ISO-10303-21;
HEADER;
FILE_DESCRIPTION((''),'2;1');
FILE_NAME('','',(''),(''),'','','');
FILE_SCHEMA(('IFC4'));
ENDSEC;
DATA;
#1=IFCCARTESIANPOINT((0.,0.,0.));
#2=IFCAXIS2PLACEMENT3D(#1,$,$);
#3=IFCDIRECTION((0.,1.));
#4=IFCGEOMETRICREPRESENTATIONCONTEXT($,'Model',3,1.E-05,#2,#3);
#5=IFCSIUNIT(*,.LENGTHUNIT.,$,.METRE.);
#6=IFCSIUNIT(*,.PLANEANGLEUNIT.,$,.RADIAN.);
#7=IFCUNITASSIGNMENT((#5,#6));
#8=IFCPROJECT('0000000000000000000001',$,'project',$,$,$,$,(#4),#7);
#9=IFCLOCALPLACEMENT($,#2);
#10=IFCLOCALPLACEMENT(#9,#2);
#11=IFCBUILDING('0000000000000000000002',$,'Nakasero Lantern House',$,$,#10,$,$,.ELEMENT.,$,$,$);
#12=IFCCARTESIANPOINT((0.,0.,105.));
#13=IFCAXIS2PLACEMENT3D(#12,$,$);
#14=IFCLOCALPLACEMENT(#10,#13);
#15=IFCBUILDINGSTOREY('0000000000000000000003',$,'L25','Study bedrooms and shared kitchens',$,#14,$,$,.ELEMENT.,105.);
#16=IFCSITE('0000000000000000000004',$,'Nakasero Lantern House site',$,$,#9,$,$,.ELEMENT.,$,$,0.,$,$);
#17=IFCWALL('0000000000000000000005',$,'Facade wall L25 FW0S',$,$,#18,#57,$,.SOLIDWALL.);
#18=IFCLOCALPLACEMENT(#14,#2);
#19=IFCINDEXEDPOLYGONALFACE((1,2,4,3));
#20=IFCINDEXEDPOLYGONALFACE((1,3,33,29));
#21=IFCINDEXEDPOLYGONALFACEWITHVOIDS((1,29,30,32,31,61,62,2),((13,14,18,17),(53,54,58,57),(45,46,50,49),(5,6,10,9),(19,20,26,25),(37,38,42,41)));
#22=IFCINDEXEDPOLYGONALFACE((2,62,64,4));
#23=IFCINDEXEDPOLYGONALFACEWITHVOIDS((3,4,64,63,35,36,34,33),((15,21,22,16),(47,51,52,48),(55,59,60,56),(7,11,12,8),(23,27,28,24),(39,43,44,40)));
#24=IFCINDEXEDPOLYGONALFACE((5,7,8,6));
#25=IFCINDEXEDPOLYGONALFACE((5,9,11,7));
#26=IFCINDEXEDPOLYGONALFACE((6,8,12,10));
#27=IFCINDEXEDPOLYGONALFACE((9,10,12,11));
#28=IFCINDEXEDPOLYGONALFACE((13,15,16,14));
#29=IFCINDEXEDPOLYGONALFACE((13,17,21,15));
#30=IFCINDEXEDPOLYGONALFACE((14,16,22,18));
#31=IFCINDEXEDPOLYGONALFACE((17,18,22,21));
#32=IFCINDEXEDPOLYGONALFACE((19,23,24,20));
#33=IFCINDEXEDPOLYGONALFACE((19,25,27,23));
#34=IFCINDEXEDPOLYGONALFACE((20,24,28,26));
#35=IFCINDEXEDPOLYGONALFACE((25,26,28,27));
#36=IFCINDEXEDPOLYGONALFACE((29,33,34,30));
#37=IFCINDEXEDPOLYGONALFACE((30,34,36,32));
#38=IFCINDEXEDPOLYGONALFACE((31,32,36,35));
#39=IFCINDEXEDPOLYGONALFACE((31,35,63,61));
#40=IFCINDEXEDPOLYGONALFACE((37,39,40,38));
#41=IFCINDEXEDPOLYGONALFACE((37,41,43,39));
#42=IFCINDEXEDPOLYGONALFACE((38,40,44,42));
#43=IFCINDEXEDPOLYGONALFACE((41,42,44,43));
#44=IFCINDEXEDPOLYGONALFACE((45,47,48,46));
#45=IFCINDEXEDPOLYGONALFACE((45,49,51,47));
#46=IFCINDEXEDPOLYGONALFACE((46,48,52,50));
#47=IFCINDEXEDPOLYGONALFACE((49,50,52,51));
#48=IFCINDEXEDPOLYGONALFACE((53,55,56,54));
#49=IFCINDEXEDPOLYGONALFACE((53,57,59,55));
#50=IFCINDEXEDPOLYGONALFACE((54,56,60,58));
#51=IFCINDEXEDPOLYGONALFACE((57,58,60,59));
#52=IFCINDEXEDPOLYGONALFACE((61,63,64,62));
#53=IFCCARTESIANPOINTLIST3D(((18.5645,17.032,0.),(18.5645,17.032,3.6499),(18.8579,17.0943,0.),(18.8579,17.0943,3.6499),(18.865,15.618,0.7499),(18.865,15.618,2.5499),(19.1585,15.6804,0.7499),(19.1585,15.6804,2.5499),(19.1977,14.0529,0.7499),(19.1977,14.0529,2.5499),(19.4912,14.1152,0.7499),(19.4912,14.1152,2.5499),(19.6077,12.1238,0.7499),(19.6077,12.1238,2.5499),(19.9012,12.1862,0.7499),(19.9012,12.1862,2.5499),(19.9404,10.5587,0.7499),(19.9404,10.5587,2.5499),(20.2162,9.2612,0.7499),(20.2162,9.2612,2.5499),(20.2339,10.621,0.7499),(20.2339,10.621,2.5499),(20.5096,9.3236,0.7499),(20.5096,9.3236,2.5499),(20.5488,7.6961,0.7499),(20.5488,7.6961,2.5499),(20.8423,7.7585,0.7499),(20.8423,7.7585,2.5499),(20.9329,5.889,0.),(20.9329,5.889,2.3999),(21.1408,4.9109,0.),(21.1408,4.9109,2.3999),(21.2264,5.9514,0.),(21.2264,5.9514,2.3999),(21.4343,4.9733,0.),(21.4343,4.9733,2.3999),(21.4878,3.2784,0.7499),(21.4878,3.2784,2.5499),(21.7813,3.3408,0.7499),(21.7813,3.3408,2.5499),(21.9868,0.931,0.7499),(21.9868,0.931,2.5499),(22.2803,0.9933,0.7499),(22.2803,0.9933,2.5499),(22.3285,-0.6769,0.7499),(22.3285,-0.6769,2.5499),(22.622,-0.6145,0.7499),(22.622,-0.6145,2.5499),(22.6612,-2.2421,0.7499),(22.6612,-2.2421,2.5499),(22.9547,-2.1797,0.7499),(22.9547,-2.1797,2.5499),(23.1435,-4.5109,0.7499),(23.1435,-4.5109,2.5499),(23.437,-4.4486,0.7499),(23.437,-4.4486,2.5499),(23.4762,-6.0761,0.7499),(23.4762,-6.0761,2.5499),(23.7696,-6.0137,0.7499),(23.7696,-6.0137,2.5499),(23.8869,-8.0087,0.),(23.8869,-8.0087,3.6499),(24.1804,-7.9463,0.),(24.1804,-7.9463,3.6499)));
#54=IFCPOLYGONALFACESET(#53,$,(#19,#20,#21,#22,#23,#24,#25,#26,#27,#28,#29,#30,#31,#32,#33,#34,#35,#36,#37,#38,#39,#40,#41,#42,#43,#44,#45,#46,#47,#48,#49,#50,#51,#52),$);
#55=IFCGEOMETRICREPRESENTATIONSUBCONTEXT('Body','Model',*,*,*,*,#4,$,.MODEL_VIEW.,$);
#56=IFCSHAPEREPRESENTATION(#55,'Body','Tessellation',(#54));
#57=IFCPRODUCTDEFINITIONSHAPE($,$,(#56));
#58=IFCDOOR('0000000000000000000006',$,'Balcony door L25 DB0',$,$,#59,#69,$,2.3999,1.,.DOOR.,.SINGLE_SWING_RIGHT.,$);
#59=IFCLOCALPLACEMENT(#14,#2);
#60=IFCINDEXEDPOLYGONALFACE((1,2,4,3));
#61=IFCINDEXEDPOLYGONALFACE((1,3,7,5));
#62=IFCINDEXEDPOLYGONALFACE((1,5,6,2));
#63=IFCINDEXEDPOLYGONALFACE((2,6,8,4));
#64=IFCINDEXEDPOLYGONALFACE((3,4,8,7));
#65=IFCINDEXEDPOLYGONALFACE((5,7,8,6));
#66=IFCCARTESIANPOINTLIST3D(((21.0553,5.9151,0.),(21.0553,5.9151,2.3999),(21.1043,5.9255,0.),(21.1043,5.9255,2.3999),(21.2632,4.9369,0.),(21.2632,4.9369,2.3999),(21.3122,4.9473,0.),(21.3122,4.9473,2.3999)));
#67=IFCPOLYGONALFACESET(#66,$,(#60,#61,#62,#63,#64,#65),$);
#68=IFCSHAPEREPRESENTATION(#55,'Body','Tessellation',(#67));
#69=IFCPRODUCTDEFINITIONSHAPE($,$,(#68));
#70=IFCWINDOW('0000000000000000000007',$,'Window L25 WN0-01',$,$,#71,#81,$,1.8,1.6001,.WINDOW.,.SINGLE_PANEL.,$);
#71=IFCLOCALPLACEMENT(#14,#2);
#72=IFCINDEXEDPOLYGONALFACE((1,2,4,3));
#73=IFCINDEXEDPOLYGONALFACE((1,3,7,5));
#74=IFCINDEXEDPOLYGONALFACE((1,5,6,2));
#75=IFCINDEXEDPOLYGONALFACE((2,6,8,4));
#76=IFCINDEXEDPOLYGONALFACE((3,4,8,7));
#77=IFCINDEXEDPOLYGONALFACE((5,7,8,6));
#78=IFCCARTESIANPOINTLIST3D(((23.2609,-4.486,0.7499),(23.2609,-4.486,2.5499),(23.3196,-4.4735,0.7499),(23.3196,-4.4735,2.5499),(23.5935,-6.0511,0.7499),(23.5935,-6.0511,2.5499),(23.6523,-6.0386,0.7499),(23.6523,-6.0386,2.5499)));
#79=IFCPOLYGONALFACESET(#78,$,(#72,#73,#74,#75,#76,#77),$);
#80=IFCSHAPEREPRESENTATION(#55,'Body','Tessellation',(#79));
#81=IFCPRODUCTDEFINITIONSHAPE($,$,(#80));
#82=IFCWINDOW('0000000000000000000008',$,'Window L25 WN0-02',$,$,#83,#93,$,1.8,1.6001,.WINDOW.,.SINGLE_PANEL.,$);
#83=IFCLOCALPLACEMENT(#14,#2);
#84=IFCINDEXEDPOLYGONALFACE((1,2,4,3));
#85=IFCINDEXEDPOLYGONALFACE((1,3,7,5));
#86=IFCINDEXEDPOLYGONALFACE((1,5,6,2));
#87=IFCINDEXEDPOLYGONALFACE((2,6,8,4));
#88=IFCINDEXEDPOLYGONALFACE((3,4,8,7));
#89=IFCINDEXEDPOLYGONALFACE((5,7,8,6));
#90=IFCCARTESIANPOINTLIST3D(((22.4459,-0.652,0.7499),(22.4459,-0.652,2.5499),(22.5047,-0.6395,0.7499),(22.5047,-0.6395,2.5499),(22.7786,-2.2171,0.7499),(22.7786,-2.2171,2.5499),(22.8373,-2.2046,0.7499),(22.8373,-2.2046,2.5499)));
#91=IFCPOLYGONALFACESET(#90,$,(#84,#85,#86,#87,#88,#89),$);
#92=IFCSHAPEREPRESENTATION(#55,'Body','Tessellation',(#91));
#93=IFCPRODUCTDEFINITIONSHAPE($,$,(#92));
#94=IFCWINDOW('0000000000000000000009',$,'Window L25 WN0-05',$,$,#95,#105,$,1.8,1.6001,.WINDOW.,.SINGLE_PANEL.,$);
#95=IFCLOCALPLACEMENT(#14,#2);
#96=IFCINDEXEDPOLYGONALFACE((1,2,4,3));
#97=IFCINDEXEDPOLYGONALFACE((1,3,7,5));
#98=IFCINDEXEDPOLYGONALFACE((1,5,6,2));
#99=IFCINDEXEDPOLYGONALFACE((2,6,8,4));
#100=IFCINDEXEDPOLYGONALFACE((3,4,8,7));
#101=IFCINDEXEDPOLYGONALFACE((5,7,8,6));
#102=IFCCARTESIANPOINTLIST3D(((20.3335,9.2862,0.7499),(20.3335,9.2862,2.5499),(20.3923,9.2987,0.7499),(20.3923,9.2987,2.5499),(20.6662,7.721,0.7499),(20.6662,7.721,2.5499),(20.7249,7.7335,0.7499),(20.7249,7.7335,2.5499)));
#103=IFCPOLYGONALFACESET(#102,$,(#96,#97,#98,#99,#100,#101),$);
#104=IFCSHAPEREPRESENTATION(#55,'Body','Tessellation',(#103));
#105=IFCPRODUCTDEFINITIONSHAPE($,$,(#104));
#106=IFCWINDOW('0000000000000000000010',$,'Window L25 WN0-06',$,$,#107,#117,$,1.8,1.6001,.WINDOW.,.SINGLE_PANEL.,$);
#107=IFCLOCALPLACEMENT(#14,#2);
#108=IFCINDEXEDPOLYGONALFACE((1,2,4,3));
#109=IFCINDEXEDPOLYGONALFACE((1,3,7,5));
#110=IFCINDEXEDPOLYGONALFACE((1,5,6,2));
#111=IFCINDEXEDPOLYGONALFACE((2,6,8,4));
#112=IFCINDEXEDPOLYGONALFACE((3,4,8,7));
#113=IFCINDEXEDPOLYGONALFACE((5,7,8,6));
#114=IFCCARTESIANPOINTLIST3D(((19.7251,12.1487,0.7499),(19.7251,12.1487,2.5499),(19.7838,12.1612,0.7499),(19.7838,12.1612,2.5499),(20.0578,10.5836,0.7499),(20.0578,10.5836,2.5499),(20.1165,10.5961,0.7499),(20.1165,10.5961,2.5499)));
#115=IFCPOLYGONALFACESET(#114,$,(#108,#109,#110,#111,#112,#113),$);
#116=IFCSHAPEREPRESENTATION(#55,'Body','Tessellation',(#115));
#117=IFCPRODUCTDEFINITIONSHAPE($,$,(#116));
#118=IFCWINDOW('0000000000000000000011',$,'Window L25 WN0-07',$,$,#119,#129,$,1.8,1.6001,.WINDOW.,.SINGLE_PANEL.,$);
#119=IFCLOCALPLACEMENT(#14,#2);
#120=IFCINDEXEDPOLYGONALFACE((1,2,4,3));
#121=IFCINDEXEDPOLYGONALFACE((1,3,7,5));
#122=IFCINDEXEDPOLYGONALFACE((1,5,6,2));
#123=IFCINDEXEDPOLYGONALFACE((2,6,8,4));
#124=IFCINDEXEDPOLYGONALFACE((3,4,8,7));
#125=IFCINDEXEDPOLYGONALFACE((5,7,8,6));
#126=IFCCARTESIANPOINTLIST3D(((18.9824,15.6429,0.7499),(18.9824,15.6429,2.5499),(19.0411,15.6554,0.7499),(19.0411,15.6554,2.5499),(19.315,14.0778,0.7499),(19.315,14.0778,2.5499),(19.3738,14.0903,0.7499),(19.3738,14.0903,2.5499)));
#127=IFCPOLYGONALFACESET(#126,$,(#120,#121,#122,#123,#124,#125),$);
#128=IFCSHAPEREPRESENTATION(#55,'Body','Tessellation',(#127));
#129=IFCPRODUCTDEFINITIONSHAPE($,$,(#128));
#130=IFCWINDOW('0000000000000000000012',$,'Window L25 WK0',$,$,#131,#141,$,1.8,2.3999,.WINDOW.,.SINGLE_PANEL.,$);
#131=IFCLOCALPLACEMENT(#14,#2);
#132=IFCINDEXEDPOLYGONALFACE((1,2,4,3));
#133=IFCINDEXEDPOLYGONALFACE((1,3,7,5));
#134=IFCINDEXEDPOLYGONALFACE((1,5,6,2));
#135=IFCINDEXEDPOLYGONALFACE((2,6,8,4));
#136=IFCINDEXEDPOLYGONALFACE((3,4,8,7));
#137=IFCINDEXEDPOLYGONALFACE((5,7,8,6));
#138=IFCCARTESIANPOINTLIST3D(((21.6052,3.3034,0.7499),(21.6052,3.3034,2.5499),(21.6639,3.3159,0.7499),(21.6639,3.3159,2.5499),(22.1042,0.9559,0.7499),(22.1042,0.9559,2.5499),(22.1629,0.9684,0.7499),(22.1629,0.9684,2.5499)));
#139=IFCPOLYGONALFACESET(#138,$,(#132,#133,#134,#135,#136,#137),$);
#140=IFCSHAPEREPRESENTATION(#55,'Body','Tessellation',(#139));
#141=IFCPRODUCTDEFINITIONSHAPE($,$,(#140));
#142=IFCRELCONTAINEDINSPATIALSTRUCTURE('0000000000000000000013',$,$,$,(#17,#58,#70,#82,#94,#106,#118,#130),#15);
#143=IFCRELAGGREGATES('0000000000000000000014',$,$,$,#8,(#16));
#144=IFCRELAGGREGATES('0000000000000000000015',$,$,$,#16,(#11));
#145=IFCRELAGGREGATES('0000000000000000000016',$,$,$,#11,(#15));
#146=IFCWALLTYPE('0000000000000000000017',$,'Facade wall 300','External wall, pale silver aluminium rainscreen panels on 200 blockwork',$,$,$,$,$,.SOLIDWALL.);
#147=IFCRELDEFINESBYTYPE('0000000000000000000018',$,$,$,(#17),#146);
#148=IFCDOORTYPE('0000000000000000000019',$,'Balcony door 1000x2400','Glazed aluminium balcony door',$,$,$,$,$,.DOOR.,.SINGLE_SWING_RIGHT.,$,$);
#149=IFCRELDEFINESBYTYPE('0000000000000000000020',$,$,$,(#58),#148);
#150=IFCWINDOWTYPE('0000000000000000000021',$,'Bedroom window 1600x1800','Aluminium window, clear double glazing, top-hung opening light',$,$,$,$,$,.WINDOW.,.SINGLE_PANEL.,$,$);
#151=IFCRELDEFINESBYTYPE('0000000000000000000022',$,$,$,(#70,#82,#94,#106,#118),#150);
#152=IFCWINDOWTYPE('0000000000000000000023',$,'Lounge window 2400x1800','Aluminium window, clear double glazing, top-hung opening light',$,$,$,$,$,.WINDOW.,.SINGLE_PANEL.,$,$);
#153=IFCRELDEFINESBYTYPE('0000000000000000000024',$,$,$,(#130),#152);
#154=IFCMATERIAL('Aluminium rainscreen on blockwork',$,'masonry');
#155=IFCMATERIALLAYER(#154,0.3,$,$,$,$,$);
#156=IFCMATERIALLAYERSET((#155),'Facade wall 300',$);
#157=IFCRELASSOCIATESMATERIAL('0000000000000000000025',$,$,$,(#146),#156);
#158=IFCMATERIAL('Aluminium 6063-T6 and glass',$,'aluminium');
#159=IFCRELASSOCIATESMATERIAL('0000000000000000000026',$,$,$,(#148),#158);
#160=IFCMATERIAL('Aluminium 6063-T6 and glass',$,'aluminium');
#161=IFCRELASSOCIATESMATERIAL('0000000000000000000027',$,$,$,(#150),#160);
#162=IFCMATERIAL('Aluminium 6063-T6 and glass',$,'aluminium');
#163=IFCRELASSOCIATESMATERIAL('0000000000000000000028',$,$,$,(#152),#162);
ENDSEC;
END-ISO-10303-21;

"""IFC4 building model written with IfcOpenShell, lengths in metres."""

from ifc_helpers import new_model, si_unit, direction, frame, frame_2d, origin, place, context, subcontext, project, spatial, rectangle, extrude, material, layer, layer_set, type_object, element, fill, save


model = new_model("IFC4")

# Units and contexts
model_context = context("Model", 3, precision=1e-05, world=origin(), true_north=direction((0.0, 1.0)))
body_context = subcontext(model_context, "Body", "Model", "MODEL_VIEW")
ifc_project = project(units=[si_unit("LENGTHUNIT", "METRE"), si_unit("PLANEANGLEUNIT", "RADIAN")], contexts=[model_context])

# Site, building, storey
site_placement = place(None, origin())
site = spatial("IfcSite", under=ifc_project, at=site_placement, Name="Nakasero Lantern House site", CompositionType="ELEMENT", RefElevation=0.0)
building_placement = place(site_placement, origin())
building = spatial("IfcBuilding", under=site, at=building_placement, Name="Nakasero Lantern House", CompositionType="ELEMENT")
storey_placement = place(building_placement, frame((0.0, 0.0, 105.0)))
storey = spatial("IfcBuildingStorey", under=building, at=storey_placement, Name="L25", Description="Study bedrooms and shared kitchens", CompositionType="ELEMENT", Elevation=105.0)

# Wall, openings, door, windows
ifc_material_1 = material(Name="Aluminium rainscreen on blockwork", Category="masonry")
ifc_layer_1 = layer(ifc_material_1, 0.3)
ifc_layer_set_1 = layer_set([ifc_layer_1], Name="Facade wall 300")
wall_type_1 = type_object("IfcWallType", Name="Facade wall 300", Description="External wall, pale silver aluminium rainscreen panels on 200 blockwork", PredefinedType="SOLIDWALL", material=ifc_layer_set_1)
wall_1_placement = place(storey_placement, frame((24.0337, -7.9775, 0.0), z_axis=(0.0, 0.0, 1.0), x_axis=(-0.207909, 0.978148, 0.0)))
wall_1 = element("IfcWall", 1, at=wall_1_placement, inside=storey, type_object=wall_type_1, Name="Facade wall L25 FW0S", PredefinedType="SOLIDWALL", context=body_context, shape_type="SweptSolid", body=[
    extrude(rectangle(XDim=25.6001, YDim=0.3, at=frame_2d((12.8, 0.0))), origin(), (0.0, 0.0, 1.0), 3.6499),
])
opening_1_placement = place(wall_1_placement, frame((1.9758, 0.0, 0.75)))
opening_1 = element("IfcOpeningElement", 2, at=opening_1_placement, cuts=wall_1, PredefinedType="OPENING", context=body_context, shape_type="SweptSolid", body=[
    extrude(rectangle(XDim=1.6001, YDim=1.8, at=frame_2d((0.8, 0.8999))), frame((0.0, 0.1699, 0.0), z_axis=(0.0, -1.0, 0.0), x_axis=(1.0, 0.0, 0.0)), (0.0, 0.0, 1.0), 0.3401),
])
opening_2_placement = place(wall_1_placement, frame((5.8955, 0.0, 0.75)))
opening_2 = element("IfcOpeningElement", 3, at=opening_2_placement, cuts=wall_1, PredefinedType="OPENING", context=body_context, shape_type="SweptSolid", body=[
    extrude(rectangle(XDim=1.6001, YDim=1.8, at=frame_2d((0.8, 0.8999))), frame((0.0, 0.1699, 0.0), z_axis=(0.0, -1.0, 0.0), x_axis=(1.0, 0.0, 0.0)), (0.0, 0.0, 1.0), 0.3401),
])
opening_3_placement = place(wall_1_placement, frame((16.0557, 0.0, 0.75)))
opening_3 = element("IfcOpeningElement", 4, at=opening_3_placement, cuts=wall_1, PredefinedType="OPENING", context=body_context, shape_type="SweptSolid", body=[
    extrude(rectangle(XDim=1.6001, YDim=1.8, at=frame_2d((0.8, 0.8999))), frame((0.0, 0.1699, 0.0), z_axis=(0.0, -1.0, 0.0), x_axis=(1.0, 0.0, 0.0)), (0.0, 0.0, 1.0), 0.3401),
])
opening_4_placement = place(wall_1_placement, frame((18.9822, 0.0, 0.75)))
opening_4 = element("IfcOpeningElement", 5, at=opening_4_placement, cuts=wall_1, PredefinedType="OPENING", context=body_context, shape_type="SweptSolid", body=[
    extrude(rectangle(XDim=1.6001, YDim=1.8, at=frame_2d((0.8, 0.8999))), frame((0.0, 0.1699, 0.0), z_axis=(0.0, -1.0, 0.0), x_axis=(1.0, 0.0, 0.0)), (0.0, 0.0, 1.0), 0.3401),
])
opening_5_placement = place(wall_1_placement, frame((22.5544, 0.0, 0.75)))
opening_5 = element("IfcOpeningElement", 6, at=opening_5_placement, cuts=wall_1, PredefinedType="OPENING", context=body_context, shape_type="SweptSolid", body=[
    extrude(rectangle(XDim=1.6001, YDim=1.8, at=frame_2d((0.8, 0.8999))), frame((0.0, 0.1699, 0.0), z_axis=(0.0, -1.0, 0.0), x_axis=(1.0, 0.0, 0.0)), (0.0, 0.0, 1.0), 0.3401),
])
opening_6_placement = place(wall_1_placement, frame((9.1394, 0.0, 0.75)))
opening_6 = element("IfcOpeningElement", 7, at=opening_6_placement, cuts=wall_1, PredefinedType="OPENING", context=body_context, shape_type="SweptSolid", body=[
    extrude(rectangle(XDim=2.3999, YDim=1.8, at=frame_2d((1.2, 0.8999))), frame((0.0, 0.1699, 0.0), z_axis=(0.0, -1.0, 0.0), x_axis=(1.0, 0.0, 0.0)), (0.0, 0.0, 1.0), 0.3401),
])
opening_7_placement = place(wall_1_placement, frame((13.2083, 0.0, 0.0)))
opening_7 = element("IfcOpeningElement", 8, at=opening_7_placement, cuts=wall_1, PredefinedType="OPENING", context=body_context, shape_type="SweptSolid", body=[
    extrude(rectangle(XDim=1.0, YDim=2.3999, at=frame_2d((0.5, 1.2))), frame((0.0, 0.1699, 0.0), z_axis=(0.0, -1.0, 0.0), x_axis=(1.0, 0.0, 0.0)), (0.0, 0.0, 1.0), 0.3401),
])
ifc_material_2 = material(Name="Aluminium 6063-T6 and glass", Category="aluminium")
door_type_1 = type_object("IfcDoorType", Name="Balcony door 1000x2400", Description="Glazed aluminium balcony door", OperationType="SINGLE_SWING_RIGHT", PredefinedType="DOOR", material=ifc_material_2)
door_1_placement = place(opening_7_placement, origin())
door_1 = element("IfcDoor", 9, at=door_1_placement, inside=storey, type_object=door_type_1, Name="Balcony door L25 DB0", OperationType="SINGLE_SWING_RIGHT", OverallHeight=2.3999, OverallWidth=1.0, PredefinedType="DOOR", context=body_context, shape_type="SweptSolid", body=[
    extrude(rectangle(XDim=1.0, YDim=2.3999, at=frame_2d((0.5, 1.2))), frame((0.0, 0.0249, 0.0), z_axis=(0.0, -1.0, 0.0), x_axis=(1.0, 0.0, 0.0)), (0.0, 0.0, 1.0), 0.05),
])
fill(opening_7, door_1)
ifc_material_3 = material(Name="Aluminium 6063-T6 and glass", Category="aluminium")
window_type_1 = type_object("IfcWindowType", Name="Bedroom window 1600x1800", Description="Aluminium window, clear double glazing, top-hung opening light", PartitioningType="SINGLE_PANEL", PredefinedType="WINDOW", material=ifc_material_3)
window_1_placement = place(opening_1_placement, origin())
window_1 = element("IfcWindow", 10, at=window_1_placement, inside=storey, type_object=window_type_1, Name="Window L25 WN0-01", OverallHeight=1.8, OverallWidth=1.6001, PartitioningType="SINGLE_PANEL", PredefinedType="WINDOW", context=body_context, shape_type="SweptSolid", body=[
    extrude(rectangle(XDim=1.6001, YDim=1.8, at=frame_2d((0.8, 0.8999))), frame((0.0, 0.03, 0.0), z_axis=(0.0, -1.0, 0.0), x_axis=(1.0, 0.0, 0.0)), (0.0, 0.0, 1.0), 0.0601),
])
fill(opening_1, window_1)
window_2_placement = place(opening_2_placement, origin())
window_2 = element("IfcWindow", 11, at=window_2_placement, inside=storey, type_object=window_type_1, Name="Window L25 WN0-02", OverallHeight=1.8, OverallWidth=1.6001, PartitioningType="SINGLE_PANEL", PredefinedType="WINDOW", context=body_context, shape_type="SweptSolid", body=[
    extrude(rectangle(XDim=1.6001, YDim=1.8, at=frame_2d((0.8, 0.8999))), frame((0.0, 0.03, 0.0), z_axis=(0.0, -1.0, 0.0), x_axis=(1.0, 0.0, 0.0)), (0.0, 0.0, 1.0), 0.0601),
])
fill(opening_2, window_2)
window_3_placement = place(opening_3_placement, origin())
window_3 = element("IfcWindow", 12, at=window_3_placement, inside=storey, type_object=window_type_1, Name="Window L25 WN0-05", OverallHeight=1.8, OverallWidth=1.6001, PartitioningType="SINGLE_PANEL", PredefinedType="WINDOW", context=body_context, shape_type="SweptSolid", body=[
    extrude(rectangle(XDim=1.6001, YDim=1.8, at=frame_2d((0.8, 0.8999))), frame((0.0, 0.03, 0.0), z_axis=(0.0, -1.0, 0.0), x_axis=(1.0, 0.0, 0.0)), (0.0, 0.0, 1.0), 0.0601),
])
fill(opening_3, window_3)
window_4_placement = place(opening_4_placement, origin())
window_4 = element("IfcWindow", 13, at=window_4_placement, inside=storey, type_object=window_type_1, Name="Window L25 WN0-06", OverallHeight=1.8, OverallWidth=1.6001, PartitioningType="SINGLE_PANEL", PredefinedType="WINDOW", context=body_context, shape_type="SweptSolid", body=[
    extrude(rectangle(XDim=1.6001, YDim=1.8, at=frame_2d((0.8, 0.8999))), frame((0.0, 0.03, 0.0), z_axis=(0.0, -1.0, 0.0), x_axis=(1.0, 0.0, 0.0)), (0.0, 0.0, 1.0), 0.0601),
])
fill(opening_4, window_4)
window_5_placement = place(opening_5_placement, origin())
window_5 = element("IfcWindow", 14, at=window_5_placement, inside=storey, type_object=window_type_1, Name="Window L25 WN0-07", OverallHeight=1.8, OverallWidth=1.6001, PartitioningType="SINGLE_PANEL", PredefinedType="WINDOW", context=body_context, shape_type="SweptSolid", body=[
    extrude(rectangle(XDim=1.6001, YDim=1.8, at=frame_2d((0.8, 0.8999))), frame((0.0, 0.03, 0.0), z_axis=(0.0, -1.0, 0.0), x_axis=(1.0, 0.0, 0.0)), (0.0, 0.0, 1.0), 0.0601),
])
fill(opening_5, window_5)
ifc_material_4 = material(Name="Aluminium 6063-T6 and glass", Category="aluminium")
window_type_2 = type_object("IfcWindowType", Name="Lounge window 2400x1800", Description="Aluminium window, clear double glazing, top-hung opening light", PartitioningType="SINGLE_PANEL", PredefinedType="WINDOW", material=ifc_material_4)
window_6_placement = place(opening_6_placement, origin())
window_6 = element("IfcWindow", 15, at=window_6_placement, inside=storey, type_object=window_type_2, Name="Window L25 WK0", OverallHeight=1.8, OverallWidth=2.3999, PartitioningType="SINGLE_PANEL", PredefinedType="WINDOW", context=body_context, shape_type="SweptSolid", body=[
    extrude(rectangle(XDim=2.3999, YDim=1.8, at=frame_2d((1.2, 0.8999))), frame((0.0, 0.03, 0.0), z_axis=(0.0, -1.0, 0.0), x_axis=(1.0, 0.0, 0.0)), (0.0, 0.0, 1.0), 0.0601),
])
fill(opening_6, window_6)

save(model, "model.ifc")
